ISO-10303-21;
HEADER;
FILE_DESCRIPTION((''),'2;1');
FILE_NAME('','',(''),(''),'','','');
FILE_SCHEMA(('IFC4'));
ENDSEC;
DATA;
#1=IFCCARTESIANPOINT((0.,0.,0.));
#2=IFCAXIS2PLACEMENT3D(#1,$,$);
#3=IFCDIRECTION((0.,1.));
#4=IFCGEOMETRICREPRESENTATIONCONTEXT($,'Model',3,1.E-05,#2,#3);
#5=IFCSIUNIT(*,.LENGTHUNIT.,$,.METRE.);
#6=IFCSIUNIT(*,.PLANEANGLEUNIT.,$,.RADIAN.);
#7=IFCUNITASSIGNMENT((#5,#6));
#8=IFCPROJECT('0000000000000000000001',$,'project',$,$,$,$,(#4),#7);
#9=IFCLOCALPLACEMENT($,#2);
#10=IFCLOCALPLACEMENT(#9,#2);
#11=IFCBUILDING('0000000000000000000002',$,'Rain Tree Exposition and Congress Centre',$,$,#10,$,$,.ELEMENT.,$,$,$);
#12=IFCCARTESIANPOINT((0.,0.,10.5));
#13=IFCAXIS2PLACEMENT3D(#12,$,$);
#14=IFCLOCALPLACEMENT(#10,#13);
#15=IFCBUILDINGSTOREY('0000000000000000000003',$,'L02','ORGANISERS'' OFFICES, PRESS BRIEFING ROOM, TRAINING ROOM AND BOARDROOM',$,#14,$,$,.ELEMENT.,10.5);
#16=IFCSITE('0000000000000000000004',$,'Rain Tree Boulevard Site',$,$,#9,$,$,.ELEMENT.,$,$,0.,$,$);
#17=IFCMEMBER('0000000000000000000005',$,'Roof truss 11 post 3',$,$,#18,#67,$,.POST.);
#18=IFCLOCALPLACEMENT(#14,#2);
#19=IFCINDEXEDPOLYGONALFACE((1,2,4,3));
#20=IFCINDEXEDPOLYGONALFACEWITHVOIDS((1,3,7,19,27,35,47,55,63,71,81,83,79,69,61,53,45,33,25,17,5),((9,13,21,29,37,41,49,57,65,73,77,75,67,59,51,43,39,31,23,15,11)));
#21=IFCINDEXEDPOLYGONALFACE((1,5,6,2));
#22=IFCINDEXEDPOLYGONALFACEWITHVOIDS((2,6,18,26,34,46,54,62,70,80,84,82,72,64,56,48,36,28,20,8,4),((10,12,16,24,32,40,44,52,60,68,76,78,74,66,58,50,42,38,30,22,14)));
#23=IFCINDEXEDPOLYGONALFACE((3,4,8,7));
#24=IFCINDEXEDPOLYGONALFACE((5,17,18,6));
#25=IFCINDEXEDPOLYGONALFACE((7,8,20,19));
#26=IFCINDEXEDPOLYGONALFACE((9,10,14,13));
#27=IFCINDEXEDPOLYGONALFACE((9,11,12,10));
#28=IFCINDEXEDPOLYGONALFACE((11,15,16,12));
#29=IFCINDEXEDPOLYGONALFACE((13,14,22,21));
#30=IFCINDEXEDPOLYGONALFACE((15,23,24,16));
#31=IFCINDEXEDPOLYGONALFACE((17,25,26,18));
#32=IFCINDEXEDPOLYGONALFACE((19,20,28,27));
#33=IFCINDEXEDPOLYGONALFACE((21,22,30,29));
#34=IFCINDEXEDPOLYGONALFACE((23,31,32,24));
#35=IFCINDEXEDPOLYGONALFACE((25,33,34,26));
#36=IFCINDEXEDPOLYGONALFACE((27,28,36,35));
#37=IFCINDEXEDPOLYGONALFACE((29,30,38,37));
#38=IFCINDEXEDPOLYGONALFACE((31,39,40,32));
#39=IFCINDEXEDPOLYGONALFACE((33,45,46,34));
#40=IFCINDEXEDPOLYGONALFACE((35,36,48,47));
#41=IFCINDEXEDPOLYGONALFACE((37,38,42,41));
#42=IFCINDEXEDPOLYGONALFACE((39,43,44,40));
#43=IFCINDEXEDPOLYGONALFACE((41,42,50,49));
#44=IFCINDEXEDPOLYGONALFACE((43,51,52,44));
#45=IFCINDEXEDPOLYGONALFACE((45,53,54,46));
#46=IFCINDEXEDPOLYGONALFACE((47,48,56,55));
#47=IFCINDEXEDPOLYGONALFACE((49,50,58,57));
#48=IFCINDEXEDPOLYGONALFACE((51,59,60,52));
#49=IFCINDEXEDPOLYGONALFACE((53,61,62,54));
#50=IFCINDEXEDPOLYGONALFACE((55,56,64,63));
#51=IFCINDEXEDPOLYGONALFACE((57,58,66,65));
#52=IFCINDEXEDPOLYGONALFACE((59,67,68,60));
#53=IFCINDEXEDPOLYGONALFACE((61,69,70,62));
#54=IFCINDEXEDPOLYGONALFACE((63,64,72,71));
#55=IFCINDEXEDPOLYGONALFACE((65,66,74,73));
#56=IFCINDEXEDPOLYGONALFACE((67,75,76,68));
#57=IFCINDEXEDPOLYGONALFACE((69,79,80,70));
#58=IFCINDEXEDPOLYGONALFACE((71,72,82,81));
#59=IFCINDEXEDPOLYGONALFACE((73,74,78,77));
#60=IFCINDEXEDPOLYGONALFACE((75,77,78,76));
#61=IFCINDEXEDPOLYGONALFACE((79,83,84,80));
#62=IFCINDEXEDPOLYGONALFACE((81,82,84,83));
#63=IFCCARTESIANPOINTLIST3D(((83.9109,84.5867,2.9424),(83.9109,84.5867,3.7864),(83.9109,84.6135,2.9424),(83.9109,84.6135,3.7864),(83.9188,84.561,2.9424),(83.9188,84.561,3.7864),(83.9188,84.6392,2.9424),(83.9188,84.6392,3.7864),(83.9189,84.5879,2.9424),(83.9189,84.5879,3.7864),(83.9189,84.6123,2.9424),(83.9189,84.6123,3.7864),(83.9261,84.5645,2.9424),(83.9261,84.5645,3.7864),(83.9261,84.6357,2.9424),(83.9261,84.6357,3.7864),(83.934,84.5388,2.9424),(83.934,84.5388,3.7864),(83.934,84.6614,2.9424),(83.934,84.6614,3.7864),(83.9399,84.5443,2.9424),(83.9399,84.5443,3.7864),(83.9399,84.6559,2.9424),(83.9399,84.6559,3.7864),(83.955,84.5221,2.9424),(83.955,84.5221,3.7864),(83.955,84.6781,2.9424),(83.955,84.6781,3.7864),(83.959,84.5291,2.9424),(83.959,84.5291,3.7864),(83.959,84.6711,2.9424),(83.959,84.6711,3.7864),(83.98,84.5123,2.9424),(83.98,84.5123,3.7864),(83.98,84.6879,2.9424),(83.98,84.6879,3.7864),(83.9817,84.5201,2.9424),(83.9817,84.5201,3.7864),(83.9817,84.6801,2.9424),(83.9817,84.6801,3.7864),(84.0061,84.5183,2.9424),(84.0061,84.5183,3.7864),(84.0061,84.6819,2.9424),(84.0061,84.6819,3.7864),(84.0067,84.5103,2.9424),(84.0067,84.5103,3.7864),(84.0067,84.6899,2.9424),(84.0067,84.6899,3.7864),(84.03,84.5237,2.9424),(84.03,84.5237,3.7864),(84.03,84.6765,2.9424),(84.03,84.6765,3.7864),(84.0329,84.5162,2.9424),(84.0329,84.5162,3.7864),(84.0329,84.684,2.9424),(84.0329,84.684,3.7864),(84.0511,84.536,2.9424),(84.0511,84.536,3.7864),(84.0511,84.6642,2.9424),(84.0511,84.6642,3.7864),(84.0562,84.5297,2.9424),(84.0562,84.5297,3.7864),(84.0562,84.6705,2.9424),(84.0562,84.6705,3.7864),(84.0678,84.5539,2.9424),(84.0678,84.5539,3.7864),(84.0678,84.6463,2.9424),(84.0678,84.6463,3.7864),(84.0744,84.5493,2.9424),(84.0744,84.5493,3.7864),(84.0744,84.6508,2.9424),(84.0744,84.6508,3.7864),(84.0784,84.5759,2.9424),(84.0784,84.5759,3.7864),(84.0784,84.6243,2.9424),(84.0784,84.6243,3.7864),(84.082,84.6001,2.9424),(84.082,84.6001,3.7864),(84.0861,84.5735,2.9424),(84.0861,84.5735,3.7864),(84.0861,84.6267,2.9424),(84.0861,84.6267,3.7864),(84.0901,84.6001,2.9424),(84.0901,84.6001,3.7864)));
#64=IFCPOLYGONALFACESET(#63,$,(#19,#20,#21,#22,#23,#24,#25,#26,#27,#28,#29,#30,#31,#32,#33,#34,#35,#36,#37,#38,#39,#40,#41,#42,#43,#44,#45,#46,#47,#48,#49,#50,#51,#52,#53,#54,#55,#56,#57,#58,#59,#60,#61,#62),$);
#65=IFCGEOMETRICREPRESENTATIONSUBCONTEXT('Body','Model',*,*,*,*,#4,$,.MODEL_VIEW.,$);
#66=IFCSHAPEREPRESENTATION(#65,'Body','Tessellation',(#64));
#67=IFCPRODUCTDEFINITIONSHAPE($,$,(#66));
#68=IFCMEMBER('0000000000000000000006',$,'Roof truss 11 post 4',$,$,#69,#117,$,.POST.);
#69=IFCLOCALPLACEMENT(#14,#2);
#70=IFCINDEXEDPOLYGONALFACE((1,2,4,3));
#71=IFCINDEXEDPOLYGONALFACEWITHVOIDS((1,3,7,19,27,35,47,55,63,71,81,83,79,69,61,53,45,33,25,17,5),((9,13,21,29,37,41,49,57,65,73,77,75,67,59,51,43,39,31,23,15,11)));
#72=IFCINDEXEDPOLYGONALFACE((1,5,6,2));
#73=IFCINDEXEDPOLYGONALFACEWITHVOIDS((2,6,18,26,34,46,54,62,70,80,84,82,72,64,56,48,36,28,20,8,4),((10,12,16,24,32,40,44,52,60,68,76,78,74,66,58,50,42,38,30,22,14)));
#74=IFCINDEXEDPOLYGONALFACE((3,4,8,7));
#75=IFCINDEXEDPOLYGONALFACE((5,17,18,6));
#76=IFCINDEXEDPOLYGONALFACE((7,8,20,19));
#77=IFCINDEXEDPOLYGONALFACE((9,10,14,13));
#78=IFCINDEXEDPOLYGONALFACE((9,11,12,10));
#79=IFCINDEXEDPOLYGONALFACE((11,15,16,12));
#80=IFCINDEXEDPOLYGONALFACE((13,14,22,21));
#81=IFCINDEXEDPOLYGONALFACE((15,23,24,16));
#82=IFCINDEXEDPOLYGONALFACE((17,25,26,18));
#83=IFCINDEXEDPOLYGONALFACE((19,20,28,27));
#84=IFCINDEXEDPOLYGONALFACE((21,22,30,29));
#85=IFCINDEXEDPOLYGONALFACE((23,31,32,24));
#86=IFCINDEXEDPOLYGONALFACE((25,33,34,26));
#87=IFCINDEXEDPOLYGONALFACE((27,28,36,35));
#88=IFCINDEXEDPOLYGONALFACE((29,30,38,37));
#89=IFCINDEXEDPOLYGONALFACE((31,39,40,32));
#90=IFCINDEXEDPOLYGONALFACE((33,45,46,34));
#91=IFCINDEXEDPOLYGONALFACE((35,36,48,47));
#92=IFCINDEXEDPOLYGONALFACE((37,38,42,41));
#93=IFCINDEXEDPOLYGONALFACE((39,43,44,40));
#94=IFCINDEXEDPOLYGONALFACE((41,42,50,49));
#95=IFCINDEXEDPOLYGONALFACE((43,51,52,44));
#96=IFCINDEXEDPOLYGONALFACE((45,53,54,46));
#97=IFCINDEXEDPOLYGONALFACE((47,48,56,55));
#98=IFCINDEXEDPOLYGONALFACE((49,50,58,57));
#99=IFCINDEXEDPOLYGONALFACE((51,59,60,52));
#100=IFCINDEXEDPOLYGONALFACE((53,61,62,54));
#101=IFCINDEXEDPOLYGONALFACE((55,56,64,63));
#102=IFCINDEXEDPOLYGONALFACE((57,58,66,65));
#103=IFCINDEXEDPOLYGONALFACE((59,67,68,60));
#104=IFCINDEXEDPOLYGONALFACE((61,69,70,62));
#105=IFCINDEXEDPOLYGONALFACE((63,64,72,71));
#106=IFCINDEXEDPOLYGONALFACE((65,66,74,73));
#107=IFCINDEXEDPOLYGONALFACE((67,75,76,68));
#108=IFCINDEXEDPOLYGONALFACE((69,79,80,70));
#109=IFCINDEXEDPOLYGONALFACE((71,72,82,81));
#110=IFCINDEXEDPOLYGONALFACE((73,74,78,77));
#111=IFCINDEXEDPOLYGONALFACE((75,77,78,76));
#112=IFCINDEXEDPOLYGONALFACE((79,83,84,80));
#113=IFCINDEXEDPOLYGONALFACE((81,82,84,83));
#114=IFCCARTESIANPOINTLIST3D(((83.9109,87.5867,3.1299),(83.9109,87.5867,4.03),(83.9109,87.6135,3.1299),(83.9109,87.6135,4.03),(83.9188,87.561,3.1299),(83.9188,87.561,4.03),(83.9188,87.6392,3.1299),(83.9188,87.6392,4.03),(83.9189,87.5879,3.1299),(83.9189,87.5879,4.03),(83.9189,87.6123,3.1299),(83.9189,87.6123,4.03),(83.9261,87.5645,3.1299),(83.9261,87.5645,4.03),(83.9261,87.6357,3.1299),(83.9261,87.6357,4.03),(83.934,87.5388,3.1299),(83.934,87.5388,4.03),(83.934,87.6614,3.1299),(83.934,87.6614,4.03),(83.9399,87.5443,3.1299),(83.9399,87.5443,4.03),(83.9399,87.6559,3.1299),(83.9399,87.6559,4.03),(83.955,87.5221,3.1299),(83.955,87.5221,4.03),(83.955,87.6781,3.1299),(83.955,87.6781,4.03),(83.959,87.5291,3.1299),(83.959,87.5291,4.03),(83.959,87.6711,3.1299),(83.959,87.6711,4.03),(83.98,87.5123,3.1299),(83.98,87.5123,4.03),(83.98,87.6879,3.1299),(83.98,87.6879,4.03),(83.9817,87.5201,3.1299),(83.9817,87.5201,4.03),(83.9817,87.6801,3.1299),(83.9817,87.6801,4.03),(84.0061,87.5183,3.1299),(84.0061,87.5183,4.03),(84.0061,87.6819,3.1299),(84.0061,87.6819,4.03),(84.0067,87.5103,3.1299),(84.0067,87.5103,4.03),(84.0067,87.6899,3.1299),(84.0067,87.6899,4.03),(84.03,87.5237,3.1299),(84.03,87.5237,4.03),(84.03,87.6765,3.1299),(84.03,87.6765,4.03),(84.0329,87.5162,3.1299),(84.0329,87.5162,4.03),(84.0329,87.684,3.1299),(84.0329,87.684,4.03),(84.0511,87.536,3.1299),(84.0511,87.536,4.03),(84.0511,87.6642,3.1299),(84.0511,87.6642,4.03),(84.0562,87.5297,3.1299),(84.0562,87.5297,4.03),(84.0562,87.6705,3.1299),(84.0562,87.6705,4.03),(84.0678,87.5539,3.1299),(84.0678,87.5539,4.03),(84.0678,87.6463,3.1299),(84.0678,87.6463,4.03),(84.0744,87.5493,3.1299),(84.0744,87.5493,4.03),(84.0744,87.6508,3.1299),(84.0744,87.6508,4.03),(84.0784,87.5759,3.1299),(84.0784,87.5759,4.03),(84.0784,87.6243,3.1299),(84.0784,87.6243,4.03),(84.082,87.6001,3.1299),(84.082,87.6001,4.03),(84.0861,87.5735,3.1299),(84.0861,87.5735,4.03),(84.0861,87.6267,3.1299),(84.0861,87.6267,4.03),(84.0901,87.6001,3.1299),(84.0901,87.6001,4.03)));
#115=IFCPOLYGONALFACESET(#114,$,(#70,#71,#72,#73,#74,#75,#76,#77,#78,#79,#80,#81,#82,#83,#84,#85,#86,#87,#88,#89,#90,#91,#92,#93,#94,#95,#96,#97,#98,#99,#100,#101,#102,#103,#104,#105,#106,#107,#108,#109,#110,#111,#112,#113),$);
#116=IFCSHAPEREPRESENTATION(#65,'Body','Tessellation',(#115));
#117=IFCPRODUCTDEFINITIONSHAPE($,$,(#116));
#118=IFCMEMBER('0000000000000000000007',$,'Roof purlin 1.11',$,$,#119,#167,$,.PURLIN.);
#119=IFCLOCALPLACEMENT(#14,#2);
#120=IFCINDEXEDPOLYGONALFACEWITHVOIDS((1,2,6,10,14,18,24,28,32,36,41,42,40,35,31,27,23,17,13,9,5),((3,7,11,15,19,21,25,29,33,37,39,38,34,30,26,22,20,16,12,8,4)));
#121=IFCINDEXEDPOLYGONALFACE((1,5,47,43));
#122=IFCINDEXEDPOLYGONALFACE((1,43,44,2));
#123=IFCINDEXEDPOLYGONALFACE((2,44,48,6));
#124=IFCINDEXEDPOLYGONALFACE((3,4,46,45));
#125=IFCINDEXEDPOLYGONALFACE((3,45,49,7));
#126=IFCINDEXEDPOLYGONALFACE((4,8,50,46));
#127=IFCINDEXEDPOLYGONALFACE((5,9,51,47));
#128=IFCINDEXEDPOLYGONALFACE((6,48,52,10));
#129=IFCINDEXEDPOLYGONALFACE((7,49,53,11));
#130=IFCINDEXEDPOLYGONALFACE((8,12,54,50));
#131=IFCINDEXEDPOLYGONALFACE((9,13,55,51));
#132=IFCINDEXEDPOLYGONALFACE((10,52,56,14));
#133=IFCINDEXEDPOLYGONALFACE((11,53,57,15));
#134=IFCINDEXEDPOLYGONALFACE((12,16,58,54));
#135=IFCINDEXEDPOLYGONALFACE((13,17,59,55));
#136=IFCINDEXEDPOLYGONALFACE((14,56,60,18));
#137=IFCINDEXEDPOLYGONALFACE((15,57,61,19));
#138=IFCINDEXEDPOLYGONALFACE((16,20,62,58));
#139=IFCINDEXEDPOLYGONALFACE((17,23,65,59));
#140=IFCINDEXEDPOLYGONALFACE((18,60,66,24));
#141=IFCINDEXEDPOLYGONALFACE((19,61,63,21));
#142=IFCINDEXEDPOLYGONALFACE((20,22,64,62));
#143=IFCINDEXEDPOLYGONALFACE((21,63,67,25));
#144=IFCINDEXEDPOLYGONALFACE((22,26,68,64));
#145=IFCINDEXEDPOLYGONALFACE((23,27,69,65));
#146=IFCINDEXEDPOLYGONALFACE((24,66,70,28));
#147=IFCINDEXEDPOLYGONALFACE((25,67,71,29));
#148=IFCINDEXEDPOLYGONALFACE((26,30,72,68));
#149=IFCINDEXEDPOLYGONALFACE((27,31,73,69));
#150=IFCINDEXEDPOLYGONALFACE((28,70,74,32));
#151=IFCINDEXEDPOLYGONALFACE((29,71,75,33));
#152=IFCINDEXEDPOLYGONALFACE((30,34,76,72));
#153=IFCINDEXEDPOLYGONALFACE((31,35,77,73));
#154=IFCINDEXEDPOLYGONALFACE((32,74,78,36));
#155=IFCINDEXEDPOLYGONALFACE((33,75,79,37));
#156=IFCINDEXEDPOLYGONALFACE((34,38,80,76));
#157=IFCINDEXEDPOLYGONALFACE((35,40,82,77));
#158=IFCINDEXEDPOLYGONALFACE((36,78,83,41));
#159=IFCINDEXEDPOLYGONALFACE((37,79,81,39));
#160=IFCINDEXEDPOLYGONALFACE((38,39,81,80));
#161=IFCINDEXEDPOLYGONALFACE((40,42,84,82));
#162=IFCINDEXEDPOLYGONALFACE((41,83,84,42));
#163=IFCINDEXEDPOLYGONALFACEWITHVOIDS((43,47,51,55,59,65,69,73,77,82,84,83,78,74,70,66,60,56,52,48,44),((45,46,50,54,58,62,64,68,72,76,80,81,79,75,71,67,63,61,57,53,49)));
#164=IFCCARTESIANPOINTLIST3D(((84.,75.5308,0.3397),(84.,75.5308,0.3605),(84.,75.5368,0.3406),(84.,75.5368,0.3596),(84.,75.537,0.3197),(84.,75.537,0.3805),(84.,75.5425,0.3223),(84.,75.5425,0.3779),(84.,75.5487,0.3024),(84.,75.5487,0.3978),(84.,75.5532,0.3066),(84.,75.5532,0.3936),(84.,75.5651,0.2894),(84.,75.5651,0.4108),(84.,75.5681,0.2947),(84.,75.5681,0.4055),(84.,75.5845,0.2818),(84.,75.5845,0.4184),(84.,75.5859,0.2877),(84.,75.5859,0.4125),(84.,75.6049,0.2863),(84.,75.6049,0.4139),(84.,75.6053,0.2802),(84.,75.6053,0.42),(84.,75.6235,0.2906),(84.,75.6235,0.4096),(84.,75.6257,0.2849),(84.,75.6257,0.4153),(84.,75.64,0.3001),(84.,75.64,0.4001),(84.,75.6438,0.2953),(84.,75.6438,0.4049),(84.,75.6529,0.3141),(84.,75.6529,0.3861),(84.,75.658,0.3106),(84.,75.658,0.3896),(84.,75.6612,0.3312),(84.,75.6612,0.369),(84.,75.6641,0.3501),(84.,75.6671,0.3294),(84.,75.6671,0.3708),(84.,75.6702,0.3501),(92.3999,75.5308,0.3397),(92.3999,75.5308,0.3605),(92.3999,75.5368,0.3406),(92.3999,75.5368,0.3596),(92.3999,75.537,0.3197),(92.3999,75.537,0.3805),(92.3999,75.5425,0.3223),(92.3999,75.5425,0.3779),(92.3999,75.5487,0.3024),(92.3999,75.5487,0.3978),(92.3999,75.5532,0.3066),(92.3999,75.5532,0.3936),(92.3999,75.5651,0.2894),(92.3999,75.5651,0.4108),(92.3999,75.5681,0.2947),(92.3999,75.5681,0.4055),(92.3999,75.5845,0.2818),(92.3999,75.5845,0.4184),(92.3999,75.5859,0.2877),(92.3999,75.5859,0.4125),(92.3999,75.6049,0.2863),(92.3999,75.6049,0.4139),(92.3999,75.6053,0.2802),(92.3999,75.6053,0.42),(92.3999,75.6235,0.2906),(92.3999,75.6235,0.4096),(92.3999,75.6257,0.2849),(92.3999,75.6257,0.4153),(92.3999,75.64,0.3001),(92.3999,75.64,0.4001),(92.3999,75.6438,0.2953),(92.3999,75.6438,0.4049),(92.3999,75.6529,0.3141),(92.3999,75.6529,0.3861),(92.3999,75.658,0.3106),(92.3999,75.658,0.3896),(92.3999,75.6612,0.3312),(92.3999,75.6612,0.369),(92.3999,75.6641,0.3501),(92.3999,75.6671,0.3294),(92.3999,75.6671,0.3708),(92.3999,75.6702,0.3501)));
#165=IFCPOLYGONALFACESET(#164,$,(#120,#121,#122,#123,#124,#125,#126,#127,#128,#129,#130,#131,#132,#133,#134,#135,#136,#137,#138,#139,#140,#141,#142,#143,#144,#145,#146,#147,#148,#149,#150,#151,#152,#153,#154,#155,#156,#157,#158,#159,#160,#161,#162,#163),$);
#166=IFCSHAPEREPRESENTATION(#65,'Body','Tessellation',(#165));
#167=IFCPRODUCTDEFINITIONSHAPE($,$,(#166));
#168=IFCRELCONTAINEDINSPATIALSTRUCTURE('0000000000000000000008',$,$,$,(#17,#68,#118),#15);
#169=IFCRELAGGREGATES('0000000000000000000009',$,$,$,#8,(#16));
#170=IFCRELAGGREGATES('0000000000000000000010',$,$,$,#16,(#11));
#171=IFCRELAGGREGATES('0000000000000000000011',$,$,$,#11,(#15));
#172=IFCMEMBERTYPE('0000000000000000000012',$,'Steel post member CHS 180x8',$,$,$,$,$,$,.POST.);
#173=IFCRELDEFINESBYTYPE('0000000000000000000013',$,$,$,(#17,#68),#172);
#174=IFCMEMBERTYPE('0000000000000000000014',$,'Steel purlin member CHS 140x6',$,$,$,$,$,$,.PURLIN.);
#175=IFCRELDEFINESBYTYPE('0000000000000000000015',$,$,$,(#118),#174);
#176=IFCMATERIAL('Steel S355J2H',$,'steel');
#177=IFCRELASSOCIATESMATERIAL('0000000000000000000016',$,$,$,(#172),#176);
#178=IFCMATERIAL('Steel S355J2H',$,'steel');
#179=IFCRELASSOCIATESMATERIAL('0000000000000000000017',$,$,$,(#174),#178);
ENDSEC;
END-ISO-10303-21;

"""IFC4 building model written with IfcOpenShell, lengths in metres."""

from ifc_helpers import new_model, si_unit, direction, frame, origin, origin_2d, place, context, subcontext, project, spatial, hollow_circle, extrude, material, material_profile, profile_set, type_object, element, save


model = new_model("IFC4")

# Units and contexts
model_context = context("Model", 3, precision=1e-05, world=origin(), true_north=direction((0.0, 1.0)))
body_context = subcontext(model_context, "Body", "Model", "MODEL_VIEW")
ifc_project = project(units=[si_unit("LENGTHUNIT", "METRE"), si_unit("PLANEANGLEUNIT", "RADIAN")], contexts=[model_context])

# Site, building, storey
site_placement = place(None, origin())
site = spatial("IfcSite", under=ifc_project, at=site_placement, Name="Rain Tree Boulevard Site", CompositionType="ELEMENT", RefElevation=0.0)
building_placement = place(site_placement, origin())
building = spatial("IfcBuilding", under=site, at=building_placement, Name="Rain Tree Exposition and Congress Centre", CompositionType="ELEMENT")
storey_placement = place(building_placement, frame((0.0, 0.0, 10.5)))
storey = spatial("IfcBuildingStorey", under=building, at=storey_placement, Name="L02", Description="ORGANISERS' OFFICES, PRESS BRIEFING ROOM, TRAINING ROOM AND BOARDROOM", CompositionType="ELEMENT", Elevation=10.5)

# Members
ifc_material_1 = material(Name="Steel S355J2H", Category="steel")
ifc_material_profile_1 = material_profile(ifc_material_1, hollow_circle(Radius=0.0901, WallThickness=0.0081, at=origin_2d()), Name="CHS 180x8")
ifc_profile_set_1 = profile_set([ifc_material_profile_1], Name="Steel S355J2H")
member_type_1 = type_object("IfcMemberType", Name="Steel post member CHS 180x8", PredefinedType="POST", material=ifc_profile_set_1)
member_1_placement = place(storey_placement, frame((84.0, 84.6001, 2.9424), z_axis=(0.0, 0.0, 1.0), x_axis=(1.0, 0.0, 0.0)))
element("IfcMember", 1, at=member_1_placement, inside=storey, type_object=member_type_1, Name="Roof truss 11 post 3", PredefinedType="POST", context=body_context, shape_type="SweptSolid", body=[
    extrude(hollow_circle(Radius=0.0901, WallThickness=0.0081, at=origin_2d()), origin(), (0.0, 0.0, 1.0), 0.844),
])
member_2_placement = place(storey_placement, frame((84.0, 87.6001, 3.1299), z_axis=(0.0, 0.0, 1.0), x_axis=(1.0, 0.0, 0.0)))
element("IfcMember", 2, at=member_2_placement, inside=storey, type_object=member_type_1, Name="Roof truss 11 post 4", PredefinedType="POST", context=body_context, shape_type="SweptSolid", body=[
    extrude(hollow_circle(Radius=0.0901, WallThickness=0.0081, at=origin_2d()), origin(), (0.0, 0.0, 1.0), 0.9001),
])
ifc_material_2 = material(Name="Steel S355J2H", Category="steel")
ifc_material_profile_2 = material_profile(ifc_material_2, hollow_circle(Radius=0.0701, WallThickness=0.0061, at=origin_2d()), Name="CHS 140x6")
ifc_profile_set_2 = profile_set([ifc_material_profile_2], Name="Steel S355J2H")
member_type_2 = type_object("IfcMemberType", Name="Steel purlin member CHS 140x6", PredefinedType="PURLIN", material=ifc_profile_set_2)
for number, where, z_axis, x_axis, name in (
    (3, (84.0, 75.6001, 0.3501), (1.0, 0.0, 0.0), (0.0, 1.0, 0.0), "Roof purlin 1.11"),
):
    element("IfcMember", number, at=place(storey_placement, frame(where, z_axis=z_axis, x_axis=x_axis)), inside=storey, type_object=member_type_2, Name=name, PredefinedType="PURLIN", context=body_context, shape_type="SweptSolid", body=[
        extrude(hollow_circle(Radius=0.0701, WallThickness=0.0061, at=origin_2d()), origin(), (0.0, 0.0, 1.0), 8.3999),
    ])

save(model, "model.ifc")
